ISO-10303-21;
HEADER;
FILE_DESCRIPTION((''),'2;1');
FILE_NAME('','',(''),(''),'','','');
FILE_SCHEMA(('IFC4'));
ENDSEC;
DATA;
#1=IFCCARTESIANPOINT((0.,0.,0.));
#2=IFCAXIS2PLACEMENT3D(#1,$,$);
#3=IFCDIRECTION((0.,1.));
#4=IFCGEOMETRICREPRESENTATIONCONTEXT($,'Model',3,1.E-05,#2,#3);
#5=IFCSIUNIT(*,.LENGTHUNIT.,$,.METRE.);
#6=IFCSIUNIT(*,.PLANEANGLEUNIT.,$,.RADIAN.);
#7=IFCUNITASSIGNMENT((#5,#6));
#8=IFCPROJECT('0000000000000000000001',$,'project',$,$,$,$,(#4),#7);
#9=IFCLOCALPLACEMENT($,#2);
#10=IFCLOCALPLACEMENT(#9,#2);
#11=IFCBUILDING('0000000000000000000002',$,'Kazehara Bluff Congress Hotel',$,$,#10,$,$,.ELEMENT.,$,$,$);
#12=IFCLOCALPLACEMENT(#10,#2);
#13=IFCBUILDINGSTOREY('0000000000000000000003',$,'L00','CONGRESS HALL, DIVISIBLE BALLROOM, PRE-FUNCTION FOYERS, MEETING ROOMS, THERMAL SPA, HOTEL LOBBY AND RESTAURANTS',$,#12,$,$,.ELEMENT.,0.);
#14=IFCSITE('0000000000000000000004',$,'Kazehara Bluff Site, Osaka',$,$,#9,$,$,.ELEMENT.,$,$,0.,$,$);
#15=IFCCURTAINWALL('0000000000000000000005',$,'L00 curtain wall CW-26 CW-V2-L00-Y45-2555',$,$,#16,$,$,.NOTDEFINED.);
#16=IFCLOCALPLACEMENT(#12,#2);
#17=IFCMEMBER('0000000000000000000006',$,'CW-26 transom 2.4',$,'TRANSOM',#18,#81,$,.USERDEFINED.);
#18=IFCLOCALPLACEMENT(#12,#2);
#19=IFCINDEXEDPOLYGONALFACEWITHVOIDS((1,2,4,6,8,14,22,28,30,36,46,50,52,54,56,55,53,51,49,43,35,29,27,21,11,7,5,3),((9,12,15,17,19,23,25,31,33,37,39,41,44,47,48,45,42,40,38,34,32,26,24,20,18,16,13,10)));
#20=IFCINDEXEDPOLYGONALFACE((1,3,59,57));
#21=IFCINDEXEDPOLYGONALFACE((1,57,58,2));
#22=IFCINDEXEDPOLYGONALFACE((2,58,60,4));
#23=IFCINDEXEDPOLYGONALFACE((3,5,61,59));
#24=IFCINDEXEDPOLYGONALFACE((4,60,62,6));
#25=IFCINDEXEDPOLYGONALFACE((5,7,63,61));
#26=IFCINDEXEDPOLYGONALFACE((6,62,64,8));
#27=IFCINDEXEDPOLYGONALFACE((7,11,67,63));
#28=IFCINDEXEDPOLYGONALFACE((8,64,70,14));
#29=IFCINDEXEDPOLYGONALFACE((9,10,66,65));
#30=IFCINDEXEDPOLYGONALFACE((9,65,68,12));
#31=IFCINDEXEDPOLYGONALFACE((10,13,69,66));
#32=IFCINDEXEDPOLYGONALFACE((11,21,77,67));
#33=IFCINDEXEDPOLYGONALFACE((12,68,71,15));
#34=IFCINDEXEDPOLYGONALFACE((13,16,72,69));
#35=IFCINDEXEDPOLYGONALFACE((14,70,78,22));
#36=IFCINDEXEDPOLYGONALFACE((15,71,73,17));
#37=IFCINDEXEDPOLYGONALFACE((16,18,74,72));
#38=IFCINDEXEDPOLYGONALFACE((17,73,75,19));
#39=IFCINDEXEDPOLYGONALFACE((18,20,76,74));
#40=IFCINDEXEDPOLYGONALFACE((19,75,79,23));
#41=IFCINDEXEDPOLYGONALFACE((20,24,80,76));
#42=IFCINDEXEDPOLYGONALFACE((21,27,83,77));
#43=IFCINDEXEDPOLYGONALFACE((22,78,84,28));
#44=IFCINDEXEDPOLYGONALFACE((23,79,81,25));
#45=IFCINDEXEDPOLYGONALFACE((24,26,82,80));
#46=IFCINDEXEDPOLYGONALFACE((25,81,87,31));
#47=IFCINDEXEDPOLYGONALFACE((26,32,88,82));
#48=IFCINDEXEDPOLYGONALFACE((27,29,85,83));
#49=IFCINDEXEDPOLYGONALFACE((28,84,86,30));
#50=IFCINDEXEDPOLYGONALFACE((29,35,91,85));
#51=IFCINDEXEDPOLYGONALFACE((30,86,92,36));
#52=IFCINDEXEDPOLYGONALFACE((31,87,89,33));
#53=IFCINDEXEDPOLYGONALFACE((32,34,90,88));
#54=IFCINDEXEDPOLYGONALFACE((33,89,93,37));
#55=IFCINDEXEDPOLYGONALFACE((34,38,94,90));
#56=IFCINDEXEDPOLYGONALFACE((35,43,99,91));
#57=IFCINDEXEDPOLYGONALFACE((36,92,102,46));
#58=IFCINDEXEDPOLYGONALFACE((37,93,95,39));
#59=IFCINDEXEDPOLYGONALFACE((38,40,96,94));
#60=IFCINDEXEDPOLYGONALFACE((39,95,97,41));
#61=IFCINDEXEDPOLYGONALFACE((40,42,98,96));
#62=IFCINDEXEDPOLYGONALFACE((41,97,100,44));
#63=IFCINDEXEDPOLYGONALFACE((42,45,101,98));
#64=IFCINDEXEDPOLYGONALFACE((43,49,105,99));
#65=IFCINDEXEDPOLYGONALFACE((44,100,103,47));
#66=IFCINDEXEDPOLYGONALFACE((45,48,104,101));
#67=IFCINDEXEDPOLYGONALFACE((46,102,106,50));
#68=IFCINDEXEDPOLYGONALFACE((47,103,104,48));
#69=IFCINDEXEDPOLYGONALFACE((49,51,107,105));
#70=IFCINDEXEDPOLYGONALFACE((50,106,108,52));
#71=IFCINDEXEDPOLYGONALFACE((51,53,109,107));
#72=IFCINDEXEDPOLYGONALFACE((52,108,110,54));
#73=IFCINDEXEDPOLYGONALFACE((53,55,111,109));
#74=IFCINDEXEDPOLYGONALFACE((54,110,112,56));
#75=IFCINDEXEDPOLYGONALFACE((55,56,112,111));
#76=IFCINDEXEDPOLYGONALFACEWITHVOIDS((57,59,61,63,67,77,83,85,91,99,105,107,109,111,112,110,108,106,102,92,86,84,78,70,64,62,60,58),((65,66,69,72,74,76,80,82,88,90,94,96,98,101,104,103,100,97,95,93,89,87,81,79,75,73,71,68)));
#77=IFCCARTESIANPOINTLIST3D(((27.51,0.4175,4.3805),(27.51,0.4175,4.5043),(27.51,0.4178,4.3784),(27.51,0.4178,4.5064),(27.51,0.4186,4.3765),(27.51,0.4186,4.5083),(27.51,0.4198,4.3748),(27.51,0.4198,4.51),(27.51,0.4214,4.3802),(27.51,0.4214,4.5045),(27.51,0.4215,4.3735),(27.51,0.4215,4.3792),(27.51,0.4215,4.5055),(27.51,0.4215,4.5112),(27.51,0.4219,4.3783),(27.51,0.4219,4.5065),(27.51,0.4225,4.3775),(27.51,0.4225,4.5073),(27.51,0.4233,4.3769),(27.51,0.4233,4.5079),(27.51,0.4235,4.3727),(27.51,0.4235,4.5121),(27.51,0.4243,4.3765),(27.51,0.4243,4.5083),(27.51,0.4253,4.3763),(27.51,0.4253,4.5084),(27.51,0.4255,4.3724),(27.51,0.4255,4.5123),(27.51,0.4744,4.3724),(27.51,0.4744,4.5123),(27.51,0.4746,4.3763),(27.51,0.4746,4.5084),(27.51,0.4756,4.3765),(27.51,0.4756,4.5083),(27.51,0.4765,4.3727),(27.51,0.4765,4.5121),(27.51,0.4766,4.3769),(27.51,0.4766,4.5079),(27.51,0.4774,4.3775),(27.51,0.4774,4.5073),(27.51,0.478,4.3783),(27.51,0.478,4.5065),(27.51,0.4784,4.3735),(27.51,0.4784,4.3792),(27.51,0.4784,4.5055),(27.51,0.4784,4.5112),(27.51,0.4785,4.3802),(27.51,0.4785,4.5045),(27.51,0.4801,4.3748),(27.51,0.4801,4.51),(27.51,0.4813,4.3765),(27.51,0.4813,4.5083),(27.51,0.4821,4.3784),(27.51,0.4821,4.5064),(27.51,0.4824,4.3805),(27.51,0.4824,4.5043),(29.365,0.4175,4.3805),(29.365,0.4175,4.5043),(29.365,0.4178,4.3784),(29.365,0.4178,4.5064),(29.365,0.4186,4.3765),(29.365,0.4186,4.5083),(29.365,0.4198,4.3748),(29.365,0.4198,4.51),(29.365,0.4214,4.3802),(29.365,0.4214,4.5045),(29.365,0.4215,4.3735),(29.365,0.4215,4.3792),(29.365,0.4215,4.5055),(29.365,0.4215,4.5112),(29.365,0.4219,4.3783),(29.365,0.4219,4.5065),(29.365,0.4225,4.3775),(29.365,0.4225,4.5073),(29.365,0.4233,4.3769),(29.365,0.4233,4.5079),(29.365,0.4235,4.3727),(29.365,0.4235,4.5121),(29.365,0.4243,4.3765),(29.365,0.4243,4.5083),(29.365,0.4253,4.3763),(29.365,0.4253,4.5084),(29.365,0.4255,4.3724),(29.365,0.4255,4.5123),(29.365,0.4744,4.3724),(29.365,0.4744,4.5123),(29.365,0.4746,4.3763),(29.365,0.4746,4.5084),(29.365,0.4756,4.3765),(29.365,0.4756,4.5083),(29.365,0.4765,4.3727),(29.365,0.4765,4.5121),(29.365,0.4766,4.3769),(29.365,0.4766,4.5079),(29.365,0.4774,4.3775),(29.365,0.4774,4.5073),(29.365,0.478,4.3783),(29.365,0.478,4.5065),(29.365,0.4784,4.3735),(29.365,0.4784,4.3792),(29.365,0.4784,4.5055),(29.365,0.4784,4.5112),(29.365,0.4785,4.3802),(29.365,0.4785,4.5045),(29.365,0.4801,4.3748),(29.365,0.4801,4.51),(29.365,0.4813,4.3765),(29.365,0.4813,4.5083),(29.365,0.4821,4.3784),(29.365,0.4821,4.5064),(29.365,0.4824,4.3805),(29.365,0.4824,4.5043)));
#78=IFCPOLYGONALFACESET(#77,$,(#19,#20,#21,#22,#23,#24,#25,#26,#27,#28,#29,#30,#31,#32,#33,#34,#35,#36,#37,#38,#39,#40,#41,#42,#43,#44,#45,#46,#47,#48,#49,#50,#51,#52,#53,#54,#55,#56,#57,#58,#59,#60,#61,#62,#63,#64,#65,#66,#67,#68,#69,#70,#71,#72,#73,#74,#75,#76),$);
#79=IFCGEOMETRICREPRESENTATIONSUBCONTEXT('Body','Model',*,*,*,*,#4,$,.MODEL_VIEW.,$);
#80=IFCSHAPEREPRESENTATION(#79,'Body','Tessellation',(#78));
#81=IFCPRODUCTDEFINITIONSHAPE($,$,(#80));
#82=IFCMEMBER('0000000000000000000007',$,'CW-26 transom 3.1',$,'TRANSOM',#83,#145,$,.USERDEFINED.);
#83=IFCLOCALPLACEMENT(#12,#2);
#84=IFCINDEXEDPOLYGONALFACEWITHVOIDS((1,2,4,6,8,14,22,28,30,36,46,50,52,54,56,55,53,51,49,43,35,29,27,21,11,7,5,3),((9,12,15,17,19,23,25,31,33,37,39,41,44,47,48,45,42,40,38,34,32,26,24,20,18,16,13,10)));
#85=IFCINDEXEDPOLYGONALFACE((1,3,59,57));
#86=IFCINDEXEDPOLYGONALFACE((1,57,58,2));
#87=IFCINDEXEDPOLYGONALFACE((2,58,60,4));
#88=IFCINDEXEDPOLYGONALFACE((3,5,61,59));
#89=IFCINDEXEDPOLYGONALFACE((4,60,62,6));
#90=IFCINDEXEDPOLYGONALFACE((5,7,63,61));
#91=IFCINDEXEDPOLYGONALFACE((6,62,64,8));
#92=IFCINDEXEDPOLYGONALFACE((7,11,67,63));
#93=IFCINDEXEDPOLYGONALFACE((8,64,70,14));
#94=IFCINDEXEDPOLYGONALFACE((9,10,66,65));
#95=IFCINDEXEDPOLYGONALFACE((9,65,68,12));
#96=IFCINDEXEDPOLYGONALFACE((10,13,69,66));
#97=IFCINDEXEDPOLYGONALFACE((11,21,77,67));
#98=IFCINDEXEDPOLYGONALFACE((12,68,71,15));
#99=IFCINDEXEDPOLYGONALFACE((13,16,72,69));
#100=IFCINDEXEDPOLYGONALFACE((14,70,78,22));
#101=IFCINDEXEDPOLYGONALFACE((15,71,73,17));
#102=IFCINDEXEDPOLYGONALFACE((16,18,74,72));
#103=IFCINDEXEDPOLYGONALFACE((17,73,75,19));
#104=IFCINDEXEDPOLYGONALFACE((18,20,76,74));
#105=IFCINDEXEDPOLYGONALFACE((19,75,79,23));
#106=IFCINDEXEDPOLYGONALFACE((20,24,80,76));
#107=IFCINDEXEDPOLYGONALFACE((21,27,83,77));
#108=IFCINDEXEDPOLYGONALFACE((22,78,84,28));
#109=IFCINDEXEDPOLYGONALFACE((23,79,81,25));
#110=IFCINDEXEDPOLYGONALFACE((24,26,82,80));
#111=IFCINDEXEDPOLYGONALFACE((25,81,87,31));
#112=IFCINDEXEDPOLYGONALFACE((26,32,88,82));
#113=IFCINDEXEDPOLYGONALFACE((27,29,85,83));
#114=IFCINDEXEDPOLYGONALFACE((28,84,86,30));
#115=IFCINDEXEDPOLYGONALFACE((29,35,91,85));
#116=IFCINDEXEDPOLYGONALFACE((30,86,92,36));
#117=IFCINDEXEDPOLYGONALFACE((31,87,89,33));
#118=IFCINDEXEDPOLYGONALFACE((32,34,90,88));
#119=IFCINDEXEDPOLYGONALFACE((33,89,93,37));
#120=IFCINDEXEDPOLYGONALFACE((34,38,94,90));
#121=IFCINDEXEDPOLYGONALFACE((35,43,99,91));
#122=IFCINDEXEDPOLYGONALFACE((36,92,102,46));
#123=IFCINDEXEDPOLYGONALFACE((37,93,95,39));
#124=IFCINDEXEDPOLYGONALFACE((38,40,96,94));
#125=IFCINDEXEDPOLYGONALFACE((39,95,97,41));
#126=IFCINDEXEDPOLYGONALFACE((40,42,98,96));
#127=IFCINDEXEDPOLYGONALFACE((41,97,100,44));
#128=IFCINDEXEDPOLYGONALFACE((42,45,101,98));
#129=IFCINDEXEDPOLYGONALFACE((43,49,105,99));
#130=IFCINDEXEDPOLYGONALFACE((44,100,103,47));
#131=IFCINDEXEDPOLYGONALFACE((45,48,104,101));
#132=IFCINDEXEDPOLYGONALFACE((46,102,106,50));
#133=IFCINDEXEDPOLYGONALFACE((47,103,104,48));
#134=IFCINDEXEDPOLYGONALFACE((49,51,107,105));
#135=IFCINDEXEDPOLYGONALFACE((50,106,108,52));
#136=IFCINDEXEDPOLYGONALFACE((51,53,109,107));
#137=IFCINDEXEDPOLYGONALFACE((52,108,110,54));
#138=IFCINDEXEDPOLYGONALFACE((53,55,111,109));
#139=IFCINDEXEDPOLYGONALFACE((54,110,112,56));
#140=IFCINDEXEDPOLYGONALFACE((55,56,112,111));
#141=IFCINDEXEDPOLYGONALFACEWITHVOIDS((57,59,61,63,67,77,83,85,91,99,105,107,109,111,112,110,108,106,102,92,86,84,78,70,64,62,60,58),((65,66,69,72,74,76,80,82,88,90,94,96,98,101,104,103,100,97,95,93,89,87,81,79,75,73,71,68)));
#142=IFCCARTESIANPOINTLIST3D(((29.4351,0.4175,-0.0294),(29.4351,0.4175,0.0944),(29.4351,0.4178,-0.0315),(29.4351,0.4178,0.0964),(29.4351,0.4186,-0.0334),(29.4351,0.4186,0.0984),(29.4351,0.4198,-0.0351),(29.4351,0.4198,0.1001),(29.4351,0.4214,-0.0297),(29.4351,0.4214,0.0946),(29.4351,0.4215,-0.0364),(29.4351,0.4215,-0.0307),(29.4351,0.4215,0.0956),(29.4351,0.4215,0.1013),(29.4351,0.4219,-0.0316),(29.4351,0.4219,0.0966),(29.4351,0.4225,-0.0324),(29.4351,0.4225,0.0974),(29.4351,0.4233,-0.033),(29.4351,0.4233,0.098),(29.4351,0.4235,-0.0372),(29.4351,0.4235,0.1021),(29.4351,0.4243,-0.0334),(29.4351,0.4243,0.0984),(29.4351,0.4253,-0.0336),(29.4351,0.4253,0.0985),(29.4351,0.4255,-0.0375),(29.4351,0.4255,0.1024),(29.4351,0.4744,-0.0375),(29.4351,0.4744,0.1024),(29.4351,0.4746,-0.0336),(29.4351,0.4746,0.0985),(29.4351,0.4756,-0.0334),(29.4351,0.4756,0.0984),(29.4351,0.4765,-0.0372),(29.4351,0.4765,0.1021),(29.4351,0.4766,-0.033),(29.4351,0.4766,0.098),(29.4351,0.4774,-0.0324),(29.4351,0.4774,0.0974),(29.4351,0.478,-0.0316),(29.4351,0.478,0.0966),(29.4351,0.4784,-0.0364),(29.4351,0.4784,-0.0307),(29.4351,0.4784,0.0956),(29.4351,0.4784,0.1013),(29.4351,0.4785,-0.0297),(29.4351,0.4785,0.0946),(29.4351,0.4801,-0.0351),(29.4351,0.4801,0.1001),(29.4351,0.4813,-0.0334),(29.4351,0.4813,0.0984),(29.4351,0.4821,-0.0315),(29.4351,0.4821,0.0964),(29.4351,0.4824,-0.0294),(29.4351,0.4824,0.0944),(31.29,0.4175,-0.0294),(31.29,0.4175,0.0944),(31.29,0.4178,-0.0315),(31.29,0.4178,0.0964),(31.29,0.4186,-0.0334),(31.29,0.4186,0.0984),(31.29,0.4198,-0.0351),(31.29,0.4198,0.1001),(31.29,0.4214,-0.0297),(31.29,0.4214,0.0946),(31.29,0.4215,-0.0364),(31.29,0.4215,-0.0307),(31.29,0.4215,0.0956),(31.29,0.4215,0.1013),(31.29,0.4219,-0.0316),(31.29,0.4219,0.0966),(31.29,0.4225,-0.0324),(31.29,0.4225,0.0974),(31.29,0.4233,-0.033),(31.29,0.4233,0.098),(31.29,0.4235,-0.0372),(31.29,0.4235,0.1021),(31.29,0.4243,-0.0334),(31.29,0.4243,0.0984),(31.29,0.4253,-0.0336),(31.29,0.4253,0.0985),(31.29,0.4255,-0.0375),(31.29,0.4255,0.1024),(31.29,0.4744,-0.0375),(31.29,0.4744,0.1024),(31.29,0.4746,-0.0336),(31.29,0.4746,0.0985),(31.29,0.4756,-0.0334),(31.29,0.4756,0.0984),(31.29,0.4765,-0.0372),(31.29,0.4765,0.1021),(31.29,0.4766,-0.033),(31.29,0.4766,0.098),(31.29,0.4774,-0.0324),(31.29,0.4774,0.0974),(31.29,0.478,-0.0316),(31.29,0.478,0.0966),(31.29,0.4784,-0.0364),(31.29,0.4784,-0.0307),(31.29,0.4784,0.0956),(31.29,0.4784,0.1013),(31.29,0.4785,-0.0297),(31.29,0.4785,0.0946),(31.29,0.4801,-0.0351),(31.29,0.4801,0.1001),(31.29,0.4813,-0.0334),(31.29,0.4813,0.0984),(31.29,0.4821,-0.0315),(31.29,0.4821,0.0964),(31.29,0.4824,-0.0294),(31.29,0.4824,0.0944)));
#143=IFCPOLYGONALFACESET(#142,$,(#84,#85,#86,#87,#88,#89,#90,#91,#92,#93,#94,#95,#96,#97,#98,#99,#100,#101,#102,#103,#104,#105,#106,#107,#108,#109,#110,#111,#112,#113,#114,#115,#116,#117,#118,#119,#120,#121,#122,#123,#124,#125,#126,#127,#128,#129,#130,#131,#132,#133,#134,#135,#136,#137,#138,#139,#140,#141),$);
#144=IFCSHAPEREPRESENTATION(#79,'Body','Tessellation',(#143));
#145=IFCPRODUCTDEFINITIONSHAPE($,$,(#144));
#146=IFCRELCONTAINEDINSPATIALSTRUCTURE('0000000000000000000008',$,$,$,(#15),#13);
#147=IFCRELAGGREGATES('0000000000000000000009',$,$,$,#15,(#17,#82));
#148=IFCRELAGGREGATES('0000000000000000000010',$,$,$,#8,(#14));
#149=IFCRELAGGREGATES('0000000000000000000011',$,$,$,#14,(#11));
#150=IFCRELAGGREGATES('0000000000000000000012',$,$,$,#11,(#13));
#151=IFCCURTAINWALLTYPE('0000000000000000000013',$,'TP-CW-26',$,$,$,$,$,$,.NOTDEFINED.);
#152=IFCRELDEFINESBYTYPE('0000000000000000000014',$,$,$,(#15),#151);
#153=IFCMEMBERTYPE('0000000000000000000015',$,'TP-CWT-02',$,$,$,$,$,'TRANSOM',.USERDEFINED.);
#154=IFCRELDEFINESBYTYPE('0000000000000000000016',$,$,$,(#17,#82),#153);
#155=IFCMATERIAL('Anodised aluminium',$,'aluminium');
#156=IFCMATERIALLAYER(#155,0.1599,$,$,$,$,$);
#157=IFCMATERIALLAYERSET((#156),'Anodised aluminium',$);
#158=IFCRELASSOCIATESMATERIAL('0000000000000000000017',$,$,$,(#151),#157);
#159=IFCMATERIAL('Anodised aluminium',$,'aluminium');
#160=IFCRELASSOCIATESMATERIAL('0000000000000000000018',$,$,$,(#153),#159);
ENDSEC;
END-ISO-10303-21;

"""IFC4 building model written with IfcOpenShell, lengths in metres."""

from ifc_helpers import new_model, si_unit, direction, frame, origin, origin_2d, place, context, subcontext, project, spatial, hollow_rectangle, extrude, material, layer, layer_set, material_profile, profile_set, type_object, element, aggregate, save


model = new_model("IFC4")

# Units and contexts
model_context = context("Model", 3, precision=1e-05, world=origin(), true_north=direction((0.0, 1.0)))
body_context = subcontext(model_context, "Body", "Model", "MODEL_VIEW")
ifc_project = project(units=[si_unit("LENGTHUNIT", "METRE"), si_unit("PLANEANGLEUNIT", "RADIAN")], contexts=[model_context])

# Site, building, storey
site_placement = place(None, origin())
site = spatial("IfcSite", under=ifc_project, at=site_placement, Name="Kazehara Bluff Site, Osaka", CompositionType="ELEMENT", RefElevation=0.0)
building_placement = place(site_placement, origin())
building = spatial("IfcBuilding", under=site, at=building_placement, Name="Kazehara Bluff Congress Hotel", CompositionType="ELEMENT")
storey_placement = place(building_placement, origin())
storey = spatial("IfcBuildingStorey", under=building, at=storey_placement, Name="L00", Description="CONGRESS HALL, DIVISIBLE BALLROOM, PRE-FUNCTION FOYERS, MEETING ROOMS, THERMAL SPA, HOTEL LOBBY AND RESTAURANTS", CompositionType="ELEMENT", Elevation=0.0)

# Curtain wall, members
ifc_material_1 = material(Name="Anodised aluminium", Category="aluminium")
ifc_layer_1 = layer(ifc_material_1, 0.1599)
ifc_layer_set_1 = layer_set([ifc_layer_1], Name="Anodised aluminium")
curtain_wall_type = type_object("IfcCurtainWallType", Name="TP-CW-26", PredefinedType="NOTDEFINED", material=ifc_layer_set_1)
curtain_wall_placement = place(storey_placement, origin())
curtain_wall = element("IfcCurtainWall", 1, at=curtain_wall_placement, inside=storey, type_object=curtain_wall_type, Name="L00 curtain wall CW-26 CW-V2-L00-Y45-2555", PredefinedType="NOTDEFINED")
ifc_material_2 = material(Name="Anodised aluminium", Category="aluminium")
ifc_material_profile_1 = material_profile(ifc_material_2, hollow_rectangle(XDim=0.0649, YDim=0.1399, WallThickness=0.0039, InnerFilletRadius=0.0039, OuterFilletRadius=0.0081, at=origin_2d()))
ifc_profile_set_1 = profile_set([ifc_material_profile_1], Name="Anodised aluminium")
member_type_1 = type_object("IfcMemberType", Name="TP-CWT-02", ElementType="TRANSOM", PredefinedType="USERDEFINED", material=ifc_profile_set_1)
member_1_placement = place(storey_placement, frame((27.51, 0.45, 4.4424), z_axis=(1.0, 0.0, 0.0), x_axis=(0.0, 1.0, 0.0)))
member_1 = element("IfcMember", 2, at=member_1_placement, type_object=member_type_1, Name="CW-26 transom 2.4", ObjectType="TRANSOM", PredefinedType="USERDEFINED", context=body_context, shape_type="SweptSolid", body=[
    extrude(hollow_rectangle(XDim=0.0649, YDim=0.1399, WallThickness=0.0039, InnerFilletRadius=0.0039, OuterFilletRadius=0.0081, at=origin_2d()), origin(), (0.0, 0.0, 1.0), 1.855),
])
member_2_placement = place(storey_placement, frame((29.4351, 0.45, 0.0325), z_axis=(1.0, 0.0, 0.0), x_axis=(0.0, 1.0, 0.0)))
member_2 = element("IfcMember", 3, at=member_2_placement, type_object=member_type_1, Name="CW-26 transom 3.1", ObjectType="TRANSOM", PredefinedType="USERDEFINED", context=body_context, shape_type="SweptSolid", body=[
    extrude(hollow_rectangle(XDim=0.0649, YDim=0.1399, WallThickness=0.0039, InnerFilletRadius=0.0039, OuterFilletRadius=0.0081, at=origin_2d()), origin(), (0.0, 0.0, 1.0), 1.855),
])
aggregate(curtain_wall, [member_1, member_2])

save(model, "model.ifc")
